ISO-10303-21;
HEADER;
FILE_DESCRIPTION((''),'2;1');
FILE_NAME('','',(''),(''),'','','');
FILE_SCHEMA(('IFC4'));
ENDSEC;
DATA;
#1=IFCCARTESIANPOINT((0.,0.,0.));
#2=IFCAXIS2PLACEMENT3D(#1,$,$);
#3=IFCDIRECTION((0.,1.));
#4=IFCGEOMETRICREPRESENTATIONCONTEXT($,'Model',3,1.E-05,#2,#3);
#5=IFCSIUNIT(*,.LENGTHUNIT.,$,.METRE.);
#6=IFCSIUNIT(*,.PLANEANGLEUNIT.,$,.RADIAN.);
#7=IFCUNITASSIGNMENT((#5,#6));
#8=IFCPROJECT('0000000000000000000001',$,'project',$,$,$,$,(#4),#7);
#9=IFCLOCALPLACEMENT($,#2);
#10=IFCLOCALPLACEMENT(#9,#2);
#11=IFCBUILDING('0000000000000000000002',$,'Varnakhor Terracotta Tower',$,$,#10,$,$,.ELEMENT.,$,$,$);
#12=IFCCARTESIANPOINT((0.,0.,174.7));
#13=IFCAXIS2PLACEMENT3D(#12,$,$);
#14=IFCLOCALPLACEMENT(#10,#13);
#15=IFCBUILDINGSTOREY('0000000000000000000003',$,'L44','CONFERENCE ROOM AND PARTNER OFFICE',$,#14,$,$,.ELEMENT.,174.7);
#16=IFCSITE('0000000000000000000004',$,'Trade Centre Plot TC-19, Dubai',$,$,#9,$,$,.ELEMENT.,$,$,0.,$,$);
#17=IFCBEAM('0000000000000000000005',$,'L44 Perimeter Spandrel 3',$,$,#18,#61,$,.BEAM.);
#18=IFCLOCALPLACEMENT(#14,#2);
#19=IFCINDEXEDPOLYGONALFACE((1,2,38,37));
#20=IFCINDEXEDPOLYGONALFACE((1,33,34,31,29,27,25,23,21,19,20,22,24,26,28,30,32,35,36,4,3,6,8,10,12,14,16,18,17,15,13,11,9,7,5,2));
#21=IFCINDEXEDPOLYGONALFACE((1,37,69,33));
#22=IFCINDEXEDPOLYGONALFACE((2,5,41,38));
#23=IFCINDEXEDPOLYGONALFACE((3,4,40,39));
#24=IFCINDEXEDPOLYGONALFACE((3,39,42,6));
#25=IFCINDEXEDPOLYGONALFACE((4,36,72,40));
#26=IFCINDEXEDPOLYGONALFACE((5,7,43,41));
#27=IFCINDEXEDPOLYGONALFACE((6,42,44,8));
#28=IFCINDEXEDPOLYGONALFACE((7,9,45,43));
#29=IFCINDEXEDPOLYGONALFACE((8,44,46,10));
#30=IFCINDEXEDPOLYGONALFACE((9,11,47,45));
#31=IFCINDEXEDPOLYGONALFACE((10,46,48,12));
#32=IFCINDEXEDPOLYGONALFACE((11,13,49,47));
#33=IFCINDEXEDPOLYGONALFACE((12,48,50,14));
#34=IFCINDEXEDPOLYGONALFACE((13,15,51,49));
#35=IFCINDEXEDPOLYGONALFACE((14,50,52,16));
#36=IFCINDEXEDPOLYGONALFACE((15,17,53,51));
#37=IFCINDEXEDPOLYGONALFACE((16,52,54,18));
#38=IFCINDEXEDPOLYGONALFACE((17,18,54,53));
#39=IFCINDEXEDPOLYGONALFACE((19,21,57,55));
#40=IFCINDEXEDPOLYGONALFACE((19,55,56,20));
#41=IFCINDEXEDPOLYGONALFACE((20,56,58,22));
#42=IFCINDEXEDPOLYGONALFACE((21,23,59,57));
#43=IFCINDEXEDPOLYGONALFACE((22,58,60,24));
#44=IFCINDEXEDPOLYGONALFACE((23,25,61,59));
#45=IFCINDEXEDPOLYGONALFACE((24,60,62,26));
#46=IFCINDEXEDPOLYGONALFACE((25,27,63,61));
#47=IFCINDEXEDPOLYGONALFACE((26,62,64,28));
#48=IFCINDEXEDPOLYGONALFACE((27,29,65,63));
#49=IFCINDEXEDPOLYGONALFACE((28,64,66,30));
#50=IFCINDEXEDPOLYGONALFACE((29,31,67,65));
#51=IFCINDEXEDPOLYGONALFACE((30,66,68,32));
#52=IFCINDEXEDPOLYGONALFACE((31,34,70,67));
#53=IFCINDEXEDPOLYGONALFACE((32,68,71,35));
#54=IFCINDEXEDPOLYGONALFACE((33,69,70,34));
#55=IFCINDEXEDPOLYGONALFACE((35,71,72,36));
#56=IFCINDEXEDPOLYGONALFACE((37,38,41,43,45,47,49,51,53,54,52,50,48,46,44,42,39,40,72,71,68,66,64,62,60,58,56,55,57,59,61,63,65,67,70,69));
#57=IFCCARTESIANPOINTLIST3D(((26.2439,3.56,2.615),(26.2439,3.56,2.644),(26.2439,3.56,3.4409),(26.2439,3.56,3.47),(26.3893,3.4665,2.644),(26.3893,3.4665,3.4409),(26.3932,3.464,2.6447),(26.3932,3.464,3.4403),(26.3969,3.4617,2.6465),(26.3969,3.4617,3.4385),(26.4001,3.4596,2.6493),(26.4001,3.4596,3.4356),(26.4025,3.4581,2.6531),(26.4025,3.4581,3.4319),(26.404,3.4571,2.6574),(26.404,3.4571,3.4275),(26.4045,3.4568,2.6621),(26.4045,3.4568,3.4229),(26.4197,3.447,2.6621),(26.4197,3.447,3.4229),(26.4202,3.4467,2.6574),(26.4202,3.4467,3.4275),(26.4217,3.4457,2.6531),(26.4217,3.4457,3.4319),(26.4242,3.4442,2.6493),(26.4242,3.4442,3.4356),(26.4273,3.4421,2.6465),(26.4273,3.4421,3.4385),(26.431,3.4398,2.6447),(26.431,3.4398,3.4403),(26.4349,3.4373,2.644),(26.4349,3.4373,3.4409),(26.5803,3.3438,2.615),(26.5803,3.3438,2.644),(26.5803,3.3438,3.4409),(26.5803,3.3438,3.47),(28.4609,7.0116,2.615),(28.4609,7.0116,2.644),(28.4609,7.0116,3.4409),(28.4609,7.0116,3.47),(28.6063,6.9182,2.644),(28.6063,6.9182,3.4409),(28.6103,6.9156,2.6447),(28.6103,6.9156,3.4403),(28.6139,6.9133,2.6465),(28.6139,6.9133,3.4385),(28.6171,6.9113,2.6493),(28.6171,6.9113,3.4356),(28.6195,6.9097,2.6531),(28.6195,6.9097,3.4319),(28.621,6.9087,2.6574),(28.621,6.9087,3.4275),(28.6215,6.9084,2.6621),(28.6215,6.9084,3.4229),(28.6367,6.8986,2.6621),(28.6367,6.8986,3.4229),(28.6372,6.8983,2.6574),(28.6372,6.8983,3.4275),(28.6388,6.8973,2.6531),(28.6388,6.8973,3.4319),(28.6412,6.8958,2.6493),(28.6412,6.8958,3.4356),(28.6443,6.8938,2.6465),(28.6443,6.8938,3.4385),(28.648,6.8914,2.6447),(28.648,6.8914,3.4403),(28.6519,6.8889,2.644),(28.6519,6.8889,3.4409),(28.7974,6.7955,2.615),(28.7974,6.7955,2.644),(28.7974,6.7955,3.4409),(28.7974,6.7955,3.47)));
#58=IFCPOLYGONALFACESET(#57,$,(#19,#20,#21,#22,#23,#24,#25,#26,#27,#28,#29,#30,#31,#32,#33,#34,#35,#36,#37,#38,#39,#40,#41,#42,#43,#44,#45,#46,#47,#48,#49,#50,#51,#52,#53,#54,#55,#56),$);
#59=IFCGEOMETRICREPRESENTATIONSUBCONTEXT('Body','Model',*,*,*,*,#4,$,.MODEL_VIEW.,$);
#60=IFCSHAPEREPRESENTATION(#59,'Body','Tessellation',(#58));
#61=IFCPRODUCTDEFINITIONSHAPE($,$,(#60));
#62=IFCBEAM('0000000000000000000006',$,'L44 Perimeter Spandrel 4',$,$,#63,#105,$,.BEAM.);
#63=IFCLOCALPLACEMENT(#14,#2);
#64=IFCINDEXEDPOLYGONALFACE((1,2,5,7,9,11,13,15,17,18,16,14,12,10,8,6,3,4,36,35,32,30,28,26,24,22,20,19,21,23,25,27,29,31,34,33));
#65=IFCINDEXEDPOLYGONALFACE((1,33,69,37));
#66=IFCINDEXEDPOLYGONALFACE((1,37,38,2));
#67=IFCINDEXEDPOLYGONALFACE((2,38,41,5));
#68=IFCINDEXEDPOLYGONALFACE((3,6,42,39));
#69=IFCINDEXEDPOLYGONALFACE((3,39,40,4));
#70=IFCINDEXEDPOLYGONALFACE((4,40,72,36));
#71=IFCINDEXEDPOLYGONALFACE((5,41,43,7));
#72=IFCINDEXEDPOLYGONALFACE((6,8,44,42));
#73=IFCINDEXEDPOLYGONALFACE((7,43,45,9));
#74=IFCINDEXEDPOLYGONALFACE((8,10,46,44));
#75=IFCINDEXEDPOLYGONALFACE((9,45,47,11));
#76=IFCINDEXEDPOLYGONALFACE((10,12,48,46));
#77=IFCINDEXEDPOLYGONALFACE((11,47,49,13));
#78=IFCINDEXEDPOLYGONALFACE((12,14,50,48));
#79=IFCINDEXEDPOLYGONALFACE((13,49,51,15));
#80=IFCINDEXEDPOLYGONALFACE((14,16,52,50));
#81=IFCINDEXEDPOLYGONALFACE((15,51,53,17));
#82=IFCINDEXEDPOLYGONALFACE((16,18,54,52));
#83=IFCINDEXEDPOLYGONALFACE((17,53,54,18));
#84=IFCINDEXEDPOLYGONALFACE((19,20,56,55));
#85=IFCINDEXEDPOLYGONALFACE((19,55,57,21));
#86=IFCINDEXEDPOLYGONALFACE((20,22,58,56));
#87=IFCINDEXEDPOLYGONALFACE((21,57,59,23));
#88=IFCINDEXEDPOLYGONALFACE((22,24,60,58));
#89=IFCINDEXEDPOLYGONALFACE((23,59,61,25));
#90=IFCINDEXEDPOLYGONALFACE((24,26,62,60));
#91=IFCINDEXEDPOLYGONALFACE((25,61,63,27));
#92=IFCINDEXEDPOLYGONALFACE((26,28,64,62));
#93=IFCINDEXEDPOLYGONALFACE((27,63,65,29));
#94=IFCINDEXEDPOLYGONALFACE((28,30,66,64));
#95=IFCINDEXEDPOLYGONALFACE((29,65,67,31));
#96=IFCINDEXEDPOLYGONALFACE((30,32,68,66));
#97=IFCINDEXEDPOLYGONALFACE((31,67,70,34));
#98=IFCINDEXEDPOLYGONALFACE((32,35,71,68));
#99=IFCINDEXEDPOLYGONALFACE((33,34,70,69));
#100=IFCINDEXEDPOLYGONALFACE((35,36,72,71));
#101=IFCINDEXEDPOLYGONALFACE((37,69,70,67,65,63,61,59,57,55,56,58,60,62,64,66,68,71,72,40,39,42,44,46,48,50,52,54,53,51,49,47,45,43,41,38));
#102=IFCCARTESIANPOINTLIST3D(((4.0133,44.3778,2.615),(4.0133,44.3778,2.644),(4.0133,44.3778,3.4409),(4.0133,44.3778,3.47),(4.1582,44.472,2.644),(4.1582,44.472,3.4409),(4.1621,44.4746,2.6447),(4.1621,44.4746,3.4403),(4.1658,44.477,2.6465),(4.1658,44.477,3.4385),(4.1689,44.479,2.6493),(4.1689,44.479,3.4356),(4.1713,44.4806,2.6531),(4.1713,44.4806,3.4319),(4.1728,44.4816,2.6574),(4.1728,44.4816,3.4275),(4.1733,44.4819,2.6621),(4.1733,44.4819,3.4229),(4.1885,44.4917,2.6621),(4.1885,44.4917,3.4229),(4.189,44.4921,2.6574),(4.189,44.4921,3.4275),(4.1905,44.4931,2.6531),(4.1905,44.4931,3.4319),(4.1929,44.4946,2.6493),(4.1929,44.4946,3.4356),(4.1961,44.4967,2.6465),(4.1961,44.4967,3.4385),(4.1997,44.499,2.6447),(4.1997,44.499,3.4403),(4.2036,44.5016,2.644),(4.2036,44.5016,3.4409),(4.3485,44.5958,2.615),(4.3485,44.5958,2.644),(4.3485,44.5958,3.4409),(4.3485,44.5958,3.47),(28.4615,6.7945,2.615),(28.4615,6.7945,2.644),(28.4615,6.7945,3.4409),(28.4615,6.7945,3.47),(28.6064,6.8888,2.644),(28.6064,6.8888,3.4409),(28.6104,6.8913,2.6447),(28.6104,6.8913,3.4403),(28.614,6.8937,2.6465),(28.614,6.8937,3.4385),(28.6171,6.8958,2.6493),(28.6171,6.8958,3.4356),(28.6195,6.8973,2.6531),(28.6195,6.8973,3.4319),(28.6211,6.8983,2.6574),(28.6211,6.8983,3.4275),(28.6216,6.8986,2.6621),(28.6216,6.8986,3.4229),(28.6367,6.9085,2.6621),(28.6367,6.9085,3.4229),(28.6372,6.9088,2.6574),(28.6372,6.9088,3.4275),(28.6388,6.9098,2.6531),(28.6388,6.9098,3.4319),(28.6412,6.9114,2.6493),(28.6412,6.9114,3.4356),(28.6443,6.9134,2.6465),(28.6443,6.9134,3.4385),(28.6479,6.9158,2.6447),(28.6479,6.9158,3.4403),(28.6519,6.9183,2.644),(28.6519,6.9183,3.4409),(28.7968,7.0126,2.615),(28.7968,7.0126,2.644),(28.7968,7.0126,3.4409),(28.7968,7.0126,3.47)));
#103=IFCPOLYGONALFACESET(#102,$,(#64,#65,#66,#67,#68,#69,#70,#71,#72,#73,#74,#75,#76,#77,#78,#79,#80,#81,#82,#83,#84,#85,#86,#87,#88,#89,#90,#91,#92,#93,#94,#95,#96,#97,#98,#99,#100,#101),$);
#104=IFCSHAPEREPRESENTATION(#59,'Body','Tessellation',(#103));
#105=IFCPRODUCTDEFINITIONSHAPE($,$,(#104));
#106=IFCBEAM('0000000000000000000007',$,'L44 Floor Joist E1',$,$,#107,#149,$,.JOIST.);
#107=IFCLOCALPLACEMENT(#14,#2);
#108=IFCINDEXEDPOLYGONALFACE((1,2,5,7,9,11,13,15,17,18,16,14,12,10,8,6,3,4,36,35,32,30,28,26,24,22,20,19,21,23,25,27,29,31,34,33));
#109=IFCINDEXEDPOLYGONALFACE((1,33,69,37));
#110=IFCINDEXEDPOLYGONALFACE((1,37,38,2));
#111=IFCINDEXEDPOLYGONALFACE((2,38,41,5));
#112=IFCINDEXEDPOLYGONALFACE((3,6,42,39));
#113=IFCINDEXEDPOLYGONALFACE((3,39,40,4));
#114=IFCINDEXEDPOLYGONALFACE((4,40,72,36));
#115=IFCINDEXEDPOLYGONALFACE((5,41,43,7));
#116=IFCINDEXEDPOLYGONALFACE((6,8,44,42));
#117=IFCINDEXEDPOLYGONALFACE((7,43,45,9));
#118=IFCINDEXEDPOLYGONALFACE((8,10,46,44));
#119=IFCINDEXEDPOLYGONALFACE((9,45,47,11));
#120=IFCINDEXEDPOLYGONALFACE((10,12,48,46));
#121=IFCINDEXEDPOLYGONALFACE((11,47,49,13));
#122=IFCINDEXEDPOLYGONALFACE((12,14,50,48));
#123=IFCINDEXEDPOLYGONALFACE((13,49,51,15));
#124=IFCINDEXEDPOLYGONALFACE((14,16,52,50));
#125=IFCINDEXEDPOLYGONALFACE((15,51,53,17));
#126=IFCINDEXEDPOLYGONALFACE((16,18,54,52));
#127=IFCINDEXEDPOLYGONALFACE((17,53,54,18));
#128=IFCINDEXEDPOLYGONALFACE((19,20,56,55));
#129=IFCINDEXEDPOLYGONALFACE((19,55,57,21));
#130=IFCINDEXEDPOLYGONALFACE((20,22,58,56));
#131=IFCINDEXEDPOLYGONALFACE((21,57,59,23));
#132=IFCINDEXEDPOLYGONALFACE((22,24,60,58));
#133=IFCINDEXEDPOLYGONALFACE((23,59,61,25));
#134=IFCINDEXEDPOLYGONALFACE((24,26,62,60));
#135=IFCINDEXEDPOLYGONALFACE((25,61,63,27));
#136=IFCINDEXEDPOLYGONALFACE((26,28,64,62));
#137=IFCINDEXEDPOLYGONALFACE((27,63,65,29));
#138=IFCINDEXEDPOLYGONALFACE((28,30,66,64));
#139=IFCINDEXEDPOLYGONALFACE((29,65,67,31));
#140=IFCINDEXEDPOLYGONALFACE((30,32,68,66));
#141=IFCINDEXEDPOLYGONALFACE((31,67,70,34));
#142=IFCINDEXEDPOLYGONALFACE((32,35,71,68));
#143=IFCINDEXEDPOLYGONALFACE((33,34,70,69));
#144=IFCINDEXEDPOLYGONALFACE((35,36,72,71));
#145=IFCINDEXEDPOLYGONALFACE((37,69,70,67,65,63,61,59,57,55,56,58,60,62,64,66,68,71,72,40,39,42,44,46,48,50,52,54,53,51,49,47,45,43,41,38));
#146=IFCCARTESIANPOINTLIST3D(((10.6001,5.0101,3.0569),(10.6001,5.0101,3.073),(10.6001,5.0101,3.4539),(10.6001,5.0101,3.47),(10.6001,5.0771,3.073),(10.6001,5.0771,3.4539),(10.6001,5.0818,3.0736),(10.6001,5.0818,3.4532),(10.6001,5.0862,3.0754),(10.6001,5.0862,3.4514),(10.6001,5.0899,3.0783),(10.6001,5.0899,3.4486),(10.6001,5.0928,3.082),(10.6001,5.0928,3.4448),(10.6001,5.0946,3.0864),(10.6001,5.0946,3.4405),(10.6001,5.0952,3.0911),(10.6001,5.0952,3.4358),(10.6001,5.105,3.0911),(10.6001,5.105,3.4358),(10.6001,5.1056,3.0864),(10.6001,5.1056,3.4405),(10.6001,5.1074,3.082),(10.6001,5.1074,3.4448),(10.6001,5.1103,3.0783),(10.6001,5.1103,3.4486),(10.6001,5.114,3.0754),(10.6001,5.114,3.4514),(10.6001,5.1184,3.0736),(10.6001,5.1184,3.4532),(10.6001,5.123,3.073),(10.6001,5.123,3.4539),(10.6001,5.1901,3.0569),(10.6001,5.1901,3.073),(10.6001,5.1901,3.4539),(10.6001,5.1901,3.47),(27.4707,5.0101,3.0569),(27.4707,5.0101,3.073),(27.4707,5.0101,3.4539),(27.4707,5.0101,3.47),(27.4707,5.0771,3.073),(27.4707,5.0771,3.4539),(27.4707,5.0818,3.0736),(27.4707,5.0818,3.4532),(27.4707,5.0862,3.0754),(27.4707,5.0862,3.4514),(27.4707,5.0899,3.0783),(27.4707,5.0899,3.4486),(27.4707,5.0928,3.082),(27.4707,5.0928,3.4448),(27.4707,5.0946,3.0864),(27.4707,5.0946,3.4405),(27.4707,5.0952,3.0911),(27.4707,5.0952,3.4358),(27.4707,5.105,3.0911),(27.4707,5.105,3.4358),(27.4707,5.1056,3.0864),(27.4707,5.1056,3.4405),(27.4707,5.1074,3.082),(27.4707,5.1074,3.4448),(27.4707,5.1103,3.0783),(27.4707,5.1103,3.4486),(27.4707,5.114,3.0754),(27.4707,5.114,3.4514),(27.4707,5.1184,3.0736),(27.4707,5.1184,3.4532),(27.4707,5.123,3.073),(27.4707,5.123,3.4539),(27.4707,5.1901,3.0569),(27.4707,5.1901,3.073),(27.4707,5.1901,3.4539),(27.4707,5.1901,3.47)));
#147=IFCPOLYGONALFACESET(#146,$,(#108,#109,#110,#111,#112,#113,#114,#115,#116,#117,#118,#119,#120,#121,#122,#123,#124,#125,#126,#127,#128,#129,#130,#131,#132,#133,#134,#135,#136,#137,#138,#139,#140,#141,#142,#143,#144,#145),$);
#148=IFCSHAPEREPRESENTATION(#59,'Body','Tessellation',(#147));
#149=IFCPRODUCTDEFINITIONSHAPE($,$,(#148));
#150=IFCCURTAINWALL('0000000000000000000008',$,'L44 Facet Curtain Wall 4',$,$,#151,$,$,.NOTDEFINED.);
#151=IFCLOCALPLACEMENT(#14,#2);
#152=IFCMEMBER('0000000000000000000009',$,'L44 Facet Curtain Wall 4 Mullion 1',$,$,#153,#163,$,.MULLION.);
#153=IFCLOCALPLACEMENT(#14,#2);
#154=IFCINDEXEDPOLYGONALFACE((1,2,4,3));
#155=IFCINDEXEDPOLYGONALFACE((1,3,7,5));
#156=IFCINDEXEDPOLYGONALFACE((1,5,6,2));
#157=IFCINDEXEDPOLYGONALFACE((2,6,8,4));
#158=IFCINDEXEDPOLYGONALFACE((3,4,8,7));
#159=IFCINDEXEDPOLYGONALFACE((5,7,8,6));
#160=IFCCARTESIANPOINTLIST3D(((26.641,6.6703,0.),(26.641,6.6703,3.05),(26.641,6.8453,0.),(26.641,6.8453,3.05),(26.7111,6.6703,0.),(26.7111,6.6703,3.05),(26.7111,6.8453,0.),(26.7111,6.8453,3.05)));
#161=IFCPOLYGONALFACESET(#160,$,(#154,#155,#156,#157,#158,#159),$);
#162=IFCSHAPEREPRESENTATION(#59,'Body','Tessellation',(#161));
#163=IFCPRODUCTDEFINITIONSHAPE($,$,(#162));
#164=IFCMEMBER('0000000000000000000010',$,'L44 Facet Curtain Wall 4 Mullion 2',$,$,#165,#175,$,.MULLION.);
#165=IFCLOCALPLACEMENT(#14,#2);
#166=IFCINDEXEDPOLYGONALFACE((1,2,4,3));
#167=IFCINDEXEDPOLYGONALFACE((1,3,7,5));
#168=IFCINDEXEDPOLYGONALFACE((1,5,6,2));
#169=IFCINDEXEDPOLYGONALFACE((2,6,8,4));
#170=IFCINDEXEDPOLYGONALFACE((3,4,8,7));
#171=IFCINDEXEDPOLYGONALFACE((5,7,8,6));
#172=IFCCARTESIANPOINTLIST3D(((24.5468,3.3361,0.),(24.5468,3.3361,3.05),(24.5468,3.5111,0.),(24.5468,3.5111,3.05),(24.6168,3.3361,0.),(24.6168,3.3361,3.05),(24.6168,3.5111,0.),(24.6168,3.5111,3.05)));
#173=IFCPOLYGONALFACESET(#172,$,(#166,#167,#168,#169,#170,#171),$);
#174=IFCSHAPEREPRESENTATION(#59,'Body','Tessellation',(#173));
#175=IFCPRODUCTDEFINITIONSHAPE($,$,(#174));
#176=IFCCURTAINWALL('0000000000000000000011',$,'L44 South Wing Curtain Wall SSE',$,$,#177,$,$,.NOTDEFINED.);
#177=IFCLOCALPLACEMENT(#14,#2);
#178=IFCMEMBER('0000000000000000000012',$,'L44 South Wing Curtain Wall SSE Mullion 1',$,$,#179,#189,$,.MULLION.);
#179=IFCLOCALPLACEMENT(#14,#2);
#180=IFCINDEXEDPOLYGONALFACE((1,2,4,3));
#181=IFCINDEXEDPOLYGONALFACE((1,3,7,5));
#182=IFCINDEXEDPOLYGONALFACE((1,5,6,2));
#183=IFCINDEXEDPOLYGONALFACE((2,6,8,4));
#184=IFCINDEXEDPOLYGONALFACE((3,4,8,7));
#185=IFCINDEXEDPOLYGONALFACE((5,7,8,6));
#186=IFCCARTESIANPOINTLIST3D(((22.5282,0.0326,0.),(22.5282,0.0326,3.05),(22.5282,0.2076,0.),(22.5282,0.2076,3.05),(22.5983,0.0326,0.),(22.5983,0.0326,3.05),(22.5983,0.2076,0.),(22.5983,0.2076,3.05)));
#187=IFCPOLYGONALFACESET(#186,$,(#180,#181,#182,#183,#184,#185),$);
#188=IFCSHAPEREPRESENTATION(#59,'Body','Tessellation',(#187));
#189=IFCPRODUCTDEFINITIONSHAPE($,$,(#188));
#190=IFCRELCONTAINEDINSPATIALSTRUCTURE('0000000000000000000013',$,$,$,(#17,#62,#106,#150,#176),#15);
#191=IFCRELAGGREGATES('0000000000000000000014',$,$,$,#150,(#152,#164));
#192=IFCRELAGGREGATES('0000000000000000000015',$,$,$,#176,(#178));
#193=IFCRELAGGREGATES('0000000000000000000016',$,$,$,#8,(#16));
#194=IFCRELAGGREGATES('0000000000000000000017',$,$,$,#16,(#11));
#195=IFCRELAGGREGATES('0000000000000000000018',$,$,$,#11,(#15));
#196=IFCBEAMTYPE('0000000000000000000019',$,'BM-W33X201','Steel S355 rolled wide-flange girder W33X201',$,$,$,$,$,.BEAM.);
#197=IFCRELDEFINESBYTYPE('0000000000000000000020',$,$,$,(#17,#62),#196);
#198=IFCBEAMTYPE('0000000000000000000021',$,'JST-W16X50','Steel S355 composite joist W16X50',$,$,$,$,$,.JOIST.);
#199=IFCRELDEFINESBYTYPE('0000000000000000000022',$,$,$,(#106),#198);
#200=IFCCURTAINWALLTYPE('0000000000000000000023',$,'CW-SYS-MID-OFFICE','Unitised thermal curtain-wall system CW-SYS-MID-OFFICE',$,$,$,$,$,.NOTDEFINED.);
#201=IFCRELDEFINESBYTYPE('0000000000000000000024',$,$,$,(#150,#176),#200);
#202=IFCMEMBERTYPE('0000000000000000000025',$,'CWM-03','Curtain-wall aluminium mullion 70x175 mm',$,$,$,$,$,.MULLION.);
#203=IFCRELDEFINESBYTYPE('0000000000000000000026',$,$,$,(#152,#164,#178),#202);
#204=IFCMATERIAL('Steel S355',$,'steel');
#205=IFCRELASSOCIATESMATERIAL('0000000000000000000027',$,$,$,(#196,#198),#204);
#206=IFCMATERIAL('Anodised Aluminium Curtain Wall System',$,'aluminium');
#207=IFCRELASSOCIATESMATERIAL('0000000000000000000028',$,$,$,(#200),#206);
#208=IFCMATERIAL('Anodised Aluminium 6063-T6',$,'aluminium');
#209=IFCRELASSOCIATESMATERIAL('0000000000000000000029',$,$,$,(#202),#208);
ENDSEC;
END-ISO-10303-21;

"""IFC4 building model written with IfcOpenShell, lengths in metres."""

from ifc_helpers import new_model, si_unit, direction, frame, origin, origin_2d, place, context, subcontext, project, spatial, rectangle, i_section, extrude, source, transform, mapped, material, material_profile, profile_set, type_object, element, aggregate, save


model = new_model("IFC4")

# Units and contexts
model_context = context("Model", 3, precision=1e-05, world=origin(), true_north=direction((0.0, 1.0)))
body_context = subcontext(model_context, "Body", "Model", "MODEL_VIEW")
ifc_project = project(units=[si_unit("LENGTHUNIT", "METRE"), si_unit("PLANEANGLEUNIT", "RADIAN")], contexts=[model_context])

# Site, building, storey
site_placement = place(None, origin())
site = spatial("IfcSite", under=ifc_project, at=site_placement, Name="Trade Centre Plot TC-19, Dubai", CompositionType="ELEMENT", RefElevation=0.0)
building_placement = place(site_placement, origin())
building = spatial("IfcBuilding", under=site, at=building_placement, Name="Varnakhor Terracotta Tower", CompositionType="ELEMENT")
storey_placement = place(building_placement, frame((0.0, 0.0, 174.7)))
storey = spatial("IfcBuildingStorey", under=building, at=storey_placement, Name="L44", Description="CONFERENCE ROOM AND PARTNER OFFICE", CompositionType="ELEMENT", Elevation=174.7)

# Beams
ifc_material_1 = material(Name="Steel S355", Category="steel")
ifc_material_profile_1 = material_profile(ifc_material_1, i_section(OverallWidth=0.3999, OverallDepth=0.855, WebThickness=0.0181, FlangeThickness=0.0291, FilletRadius=0.0181, at=origin_2d()), Name="W33X201")
ifc_profile_set_1 = profile_set([ifc_material_profile_1], Name="Steel S355")
beam_type_1 = type_object("IfcBeamType", Name="BM-W33X201", Description="Steel S355 rolled wide-flange girder W33X201", PredefinedType="BEAM", material=ifc_profile_set_1)
shared_shape_1 = source(origin(), body_context, "Body", "SweptSolid", [
    extrude(i_section(OverallWidth=0.3999, OverallDepth=0.855, WebThickness=0.0181, FlangeThickness=0.0291, FilletRadius=0.0181, at=origin_2d()), origin(), (0.0, 0.0, 1.0), 4.1023),
])
beam_1_placement = place(storey_placement, frame((26.4121, 3.4519, 3.0425), z_axis=(0.540433, 0.841387, 0.0), x_axis=(-0.841387, 0.540433, 0.0)))
element("IfcBeam", 1, at=beam_1_placement, inside=storey, type_object=beam_type_1, Name="L44 Perimeter Spandrel 3", PredefinedType="BEAM", context=body_context, shape_type="MappedRepresentation", body=[
    mapped(shared_shape_1, transform((0.0, 0.0, 0.0), scale=1.0)),
])
shared_shape_2 = source(origin(), body_context, "Body", "SweptSolid", [
    extrude(i_section(OverallWidth=0.3999, OverallDepth=0.855, WebThickness=0.0181, FlangeThickness=0.0291, FilletRadius=0.0181, at=origin_2d()), origin(), (0.0, 0.0, 1.0), 44.8354),
])
beam_2_placement = place(storey_placement, frame((28.6292, 6.9036, 3.0425), z_axis=(-0.545288, 0.838249, 0.0), x_axis=(-0.838249, -0.545288, 0.0)))
element("IfcBeam", 2, at=beam_2_placement, inside=storey, type_object=beam_type_1, Name="L44 Perimeter Spandrel 4", PredefinedType="BEAM", context=body_context, shape_type="MappedRepresentation", body=[
    mapped(shared_shape_2, transform((0.0, 0.0, 0.0), scale=1.0)),
])
ifc_material_profile_2 = material_profile(ifc_material_1, i_section(OverallWidth=0.1799, OverallDepth=0.4131, WebThickness=0.0098, FlangeThickness=0.0161, FilletRadius=0.0181, at=origin_2d()), Name="W16X50")
ifc_profile_set_2 = profile_set([ifc_material_profile_2], Name="Steel S355")
beam_type_2 = type_object("IfcBeamType", Name="JST-W16X50", Description="Steel S355 composite joist W16X50", PredefinedType="JOIST", material=ifc_profile_set_2)
shared_shape_3 = source(origin(), body_context, "Body", "SweptSolid", [
    extrude(i_section(OverallWidth=0.1799, OverallDepth=0.4131, WebThickness=0.0098, FlangeThickness=0.0161, FilletRadius=0.0181, at=origin_2d()), origin(), (0.0, 0.0, 1.0), 16.8706),
])
beam_3_placement = place(storey_placement, frame((10.6001, 5.1001, 3.2634), z_axis=(1.0, 0.0, 0.0), x_axis=(0.0, 1.0, 0.0)))
element("IfcBeam", 3, at=beam_3_placement, inside=storey, type_object=beam_type_2, Name="L44 Floor Joist E1", PredefinedType="JOIST", context=body_context, shape_type="MappedRepresentation", body=[
    mapped(shared_shape_3, transform((0.0, 0.0, 0.0), scale=1.0)),
])

# Curtain walls, members
ifc_material_2 = material(Name="Anodised Aluminium Curtain Wall System", Category="aluminium")
curtain_wall_type = type_object("IfcCurtainWallType", Name="CW-SYS-MID-OFFICE", Description="Unitised thermal curtain-wall system CW-SYS-MID-OFFICE", PredefinedType="NOTDEFINED", material=ifc_material_2)
curtain_wall_1_placement = place(storey_placement, origin())
curtain_wall_1 = element("IfcCurtainWall", 4, at=curtain_wall_1_placement, inside=storey, type_object=curtain_wall_type, Name="L44 Facet Curtain Wall 4", PredefinedType="NOTDEFINED")
ifc_material_3 = material(Name="Anodised Aluminium 6063-T6", Category="aluminium")
ifc_material_profile_3 = material_profile(ifc_material_3, rectangle(XDim=0.0701, YDim=0.175, at=origin_2d()), Name="ALU MULLION 70x175")
ifc_profile_set_3 = profile_set([ifc_material_profile_3], Name="Anodised Aluminium 6063-T6")
member_type_1 = type_object("IfcMemberType", Name="CWM-03", Description="Curtain-wall aluminium mullion 70x175 mm", PredefinedType="MULLION", material=ifc_profile_set_3)
shared_shape_4 = source(origin(), body_context, "Body", "SweptSolid", [
    extrude(rectangle(XDim=0.0701, YDim=0.175, at=origin_2d()), origin(), (0.0, 0.0, 1.0), 3.05),
])
member_1_placement = place(storey_placement, frame((26.676, 6.7578, 0.0), z_axis=(0.0, 0.0, 1.0), x_axis=(1.0, 0.0, 0.0)))
member_1 = element("IfcMember", 5, at=member_1_placement, type_object=member_type_1, Name="L44 Facet Curtain Wall 4 Mullion 1", PredefinedType="MULLION", context=body_context, shape_type="MappedRepresentation", body=[
    mapped(shared_shape_4, transform((0.0, 0.0, 0.0), scale=1.0)),
])
member_2_placement = place(storey_placement, frame((24.5818, 3.4236, 0.0), z_axis=(0.0, 0.0, 1.0), x_axis=(1.0, 0.0, 0.0)))
member_2 = element("IfcMember", 6, at=member_2_placement, type_object=member_type_1, Name="L44 Facet Curtain Wall 4 Mullion 2", PredefinedType="MULLION", context=body_context, shape_type="MappedRepresentation", body=[
    mapped(shared_shape_4, transform((0.0, 0.0, 0.0), scale=1.0)),
])
curtain_wall_2_placement = place(storey_placement, origin())
curtain_wall_2 = element("IfcCurtainWall", 7, at=curtain_wall_2_placement, inside=storey, type_object=curtain_wall_type, Name="L44 South Wing Curtain Wall SSE", PredefinedType="NOTDEFINED")
member_3_placement = place(storey_placement, frame((22.5632, 0.1201, 0.0), z_axis=(0.0, 0.0, 1.0), x_axis=(1.0, 0.0, 0.0)))
member_3 = element("IfcMember", 8, at=member_3_placement, type_object=member_type_1, Name="L44 South Wing Curtain Wall SSE Mullion 1", PredefinedType="MULLION", context=body_context, shape_type="MappedRepresentation", body=[
    mapped(shared_shape_4, transform((0.0, 0.0, 0.0), scale=1.0)),
])

aggregate(curtain_wall_1, [member_1, member_2])
aggregate(curtain_wall_2, [member_3])

save(model, "model.ifc")
